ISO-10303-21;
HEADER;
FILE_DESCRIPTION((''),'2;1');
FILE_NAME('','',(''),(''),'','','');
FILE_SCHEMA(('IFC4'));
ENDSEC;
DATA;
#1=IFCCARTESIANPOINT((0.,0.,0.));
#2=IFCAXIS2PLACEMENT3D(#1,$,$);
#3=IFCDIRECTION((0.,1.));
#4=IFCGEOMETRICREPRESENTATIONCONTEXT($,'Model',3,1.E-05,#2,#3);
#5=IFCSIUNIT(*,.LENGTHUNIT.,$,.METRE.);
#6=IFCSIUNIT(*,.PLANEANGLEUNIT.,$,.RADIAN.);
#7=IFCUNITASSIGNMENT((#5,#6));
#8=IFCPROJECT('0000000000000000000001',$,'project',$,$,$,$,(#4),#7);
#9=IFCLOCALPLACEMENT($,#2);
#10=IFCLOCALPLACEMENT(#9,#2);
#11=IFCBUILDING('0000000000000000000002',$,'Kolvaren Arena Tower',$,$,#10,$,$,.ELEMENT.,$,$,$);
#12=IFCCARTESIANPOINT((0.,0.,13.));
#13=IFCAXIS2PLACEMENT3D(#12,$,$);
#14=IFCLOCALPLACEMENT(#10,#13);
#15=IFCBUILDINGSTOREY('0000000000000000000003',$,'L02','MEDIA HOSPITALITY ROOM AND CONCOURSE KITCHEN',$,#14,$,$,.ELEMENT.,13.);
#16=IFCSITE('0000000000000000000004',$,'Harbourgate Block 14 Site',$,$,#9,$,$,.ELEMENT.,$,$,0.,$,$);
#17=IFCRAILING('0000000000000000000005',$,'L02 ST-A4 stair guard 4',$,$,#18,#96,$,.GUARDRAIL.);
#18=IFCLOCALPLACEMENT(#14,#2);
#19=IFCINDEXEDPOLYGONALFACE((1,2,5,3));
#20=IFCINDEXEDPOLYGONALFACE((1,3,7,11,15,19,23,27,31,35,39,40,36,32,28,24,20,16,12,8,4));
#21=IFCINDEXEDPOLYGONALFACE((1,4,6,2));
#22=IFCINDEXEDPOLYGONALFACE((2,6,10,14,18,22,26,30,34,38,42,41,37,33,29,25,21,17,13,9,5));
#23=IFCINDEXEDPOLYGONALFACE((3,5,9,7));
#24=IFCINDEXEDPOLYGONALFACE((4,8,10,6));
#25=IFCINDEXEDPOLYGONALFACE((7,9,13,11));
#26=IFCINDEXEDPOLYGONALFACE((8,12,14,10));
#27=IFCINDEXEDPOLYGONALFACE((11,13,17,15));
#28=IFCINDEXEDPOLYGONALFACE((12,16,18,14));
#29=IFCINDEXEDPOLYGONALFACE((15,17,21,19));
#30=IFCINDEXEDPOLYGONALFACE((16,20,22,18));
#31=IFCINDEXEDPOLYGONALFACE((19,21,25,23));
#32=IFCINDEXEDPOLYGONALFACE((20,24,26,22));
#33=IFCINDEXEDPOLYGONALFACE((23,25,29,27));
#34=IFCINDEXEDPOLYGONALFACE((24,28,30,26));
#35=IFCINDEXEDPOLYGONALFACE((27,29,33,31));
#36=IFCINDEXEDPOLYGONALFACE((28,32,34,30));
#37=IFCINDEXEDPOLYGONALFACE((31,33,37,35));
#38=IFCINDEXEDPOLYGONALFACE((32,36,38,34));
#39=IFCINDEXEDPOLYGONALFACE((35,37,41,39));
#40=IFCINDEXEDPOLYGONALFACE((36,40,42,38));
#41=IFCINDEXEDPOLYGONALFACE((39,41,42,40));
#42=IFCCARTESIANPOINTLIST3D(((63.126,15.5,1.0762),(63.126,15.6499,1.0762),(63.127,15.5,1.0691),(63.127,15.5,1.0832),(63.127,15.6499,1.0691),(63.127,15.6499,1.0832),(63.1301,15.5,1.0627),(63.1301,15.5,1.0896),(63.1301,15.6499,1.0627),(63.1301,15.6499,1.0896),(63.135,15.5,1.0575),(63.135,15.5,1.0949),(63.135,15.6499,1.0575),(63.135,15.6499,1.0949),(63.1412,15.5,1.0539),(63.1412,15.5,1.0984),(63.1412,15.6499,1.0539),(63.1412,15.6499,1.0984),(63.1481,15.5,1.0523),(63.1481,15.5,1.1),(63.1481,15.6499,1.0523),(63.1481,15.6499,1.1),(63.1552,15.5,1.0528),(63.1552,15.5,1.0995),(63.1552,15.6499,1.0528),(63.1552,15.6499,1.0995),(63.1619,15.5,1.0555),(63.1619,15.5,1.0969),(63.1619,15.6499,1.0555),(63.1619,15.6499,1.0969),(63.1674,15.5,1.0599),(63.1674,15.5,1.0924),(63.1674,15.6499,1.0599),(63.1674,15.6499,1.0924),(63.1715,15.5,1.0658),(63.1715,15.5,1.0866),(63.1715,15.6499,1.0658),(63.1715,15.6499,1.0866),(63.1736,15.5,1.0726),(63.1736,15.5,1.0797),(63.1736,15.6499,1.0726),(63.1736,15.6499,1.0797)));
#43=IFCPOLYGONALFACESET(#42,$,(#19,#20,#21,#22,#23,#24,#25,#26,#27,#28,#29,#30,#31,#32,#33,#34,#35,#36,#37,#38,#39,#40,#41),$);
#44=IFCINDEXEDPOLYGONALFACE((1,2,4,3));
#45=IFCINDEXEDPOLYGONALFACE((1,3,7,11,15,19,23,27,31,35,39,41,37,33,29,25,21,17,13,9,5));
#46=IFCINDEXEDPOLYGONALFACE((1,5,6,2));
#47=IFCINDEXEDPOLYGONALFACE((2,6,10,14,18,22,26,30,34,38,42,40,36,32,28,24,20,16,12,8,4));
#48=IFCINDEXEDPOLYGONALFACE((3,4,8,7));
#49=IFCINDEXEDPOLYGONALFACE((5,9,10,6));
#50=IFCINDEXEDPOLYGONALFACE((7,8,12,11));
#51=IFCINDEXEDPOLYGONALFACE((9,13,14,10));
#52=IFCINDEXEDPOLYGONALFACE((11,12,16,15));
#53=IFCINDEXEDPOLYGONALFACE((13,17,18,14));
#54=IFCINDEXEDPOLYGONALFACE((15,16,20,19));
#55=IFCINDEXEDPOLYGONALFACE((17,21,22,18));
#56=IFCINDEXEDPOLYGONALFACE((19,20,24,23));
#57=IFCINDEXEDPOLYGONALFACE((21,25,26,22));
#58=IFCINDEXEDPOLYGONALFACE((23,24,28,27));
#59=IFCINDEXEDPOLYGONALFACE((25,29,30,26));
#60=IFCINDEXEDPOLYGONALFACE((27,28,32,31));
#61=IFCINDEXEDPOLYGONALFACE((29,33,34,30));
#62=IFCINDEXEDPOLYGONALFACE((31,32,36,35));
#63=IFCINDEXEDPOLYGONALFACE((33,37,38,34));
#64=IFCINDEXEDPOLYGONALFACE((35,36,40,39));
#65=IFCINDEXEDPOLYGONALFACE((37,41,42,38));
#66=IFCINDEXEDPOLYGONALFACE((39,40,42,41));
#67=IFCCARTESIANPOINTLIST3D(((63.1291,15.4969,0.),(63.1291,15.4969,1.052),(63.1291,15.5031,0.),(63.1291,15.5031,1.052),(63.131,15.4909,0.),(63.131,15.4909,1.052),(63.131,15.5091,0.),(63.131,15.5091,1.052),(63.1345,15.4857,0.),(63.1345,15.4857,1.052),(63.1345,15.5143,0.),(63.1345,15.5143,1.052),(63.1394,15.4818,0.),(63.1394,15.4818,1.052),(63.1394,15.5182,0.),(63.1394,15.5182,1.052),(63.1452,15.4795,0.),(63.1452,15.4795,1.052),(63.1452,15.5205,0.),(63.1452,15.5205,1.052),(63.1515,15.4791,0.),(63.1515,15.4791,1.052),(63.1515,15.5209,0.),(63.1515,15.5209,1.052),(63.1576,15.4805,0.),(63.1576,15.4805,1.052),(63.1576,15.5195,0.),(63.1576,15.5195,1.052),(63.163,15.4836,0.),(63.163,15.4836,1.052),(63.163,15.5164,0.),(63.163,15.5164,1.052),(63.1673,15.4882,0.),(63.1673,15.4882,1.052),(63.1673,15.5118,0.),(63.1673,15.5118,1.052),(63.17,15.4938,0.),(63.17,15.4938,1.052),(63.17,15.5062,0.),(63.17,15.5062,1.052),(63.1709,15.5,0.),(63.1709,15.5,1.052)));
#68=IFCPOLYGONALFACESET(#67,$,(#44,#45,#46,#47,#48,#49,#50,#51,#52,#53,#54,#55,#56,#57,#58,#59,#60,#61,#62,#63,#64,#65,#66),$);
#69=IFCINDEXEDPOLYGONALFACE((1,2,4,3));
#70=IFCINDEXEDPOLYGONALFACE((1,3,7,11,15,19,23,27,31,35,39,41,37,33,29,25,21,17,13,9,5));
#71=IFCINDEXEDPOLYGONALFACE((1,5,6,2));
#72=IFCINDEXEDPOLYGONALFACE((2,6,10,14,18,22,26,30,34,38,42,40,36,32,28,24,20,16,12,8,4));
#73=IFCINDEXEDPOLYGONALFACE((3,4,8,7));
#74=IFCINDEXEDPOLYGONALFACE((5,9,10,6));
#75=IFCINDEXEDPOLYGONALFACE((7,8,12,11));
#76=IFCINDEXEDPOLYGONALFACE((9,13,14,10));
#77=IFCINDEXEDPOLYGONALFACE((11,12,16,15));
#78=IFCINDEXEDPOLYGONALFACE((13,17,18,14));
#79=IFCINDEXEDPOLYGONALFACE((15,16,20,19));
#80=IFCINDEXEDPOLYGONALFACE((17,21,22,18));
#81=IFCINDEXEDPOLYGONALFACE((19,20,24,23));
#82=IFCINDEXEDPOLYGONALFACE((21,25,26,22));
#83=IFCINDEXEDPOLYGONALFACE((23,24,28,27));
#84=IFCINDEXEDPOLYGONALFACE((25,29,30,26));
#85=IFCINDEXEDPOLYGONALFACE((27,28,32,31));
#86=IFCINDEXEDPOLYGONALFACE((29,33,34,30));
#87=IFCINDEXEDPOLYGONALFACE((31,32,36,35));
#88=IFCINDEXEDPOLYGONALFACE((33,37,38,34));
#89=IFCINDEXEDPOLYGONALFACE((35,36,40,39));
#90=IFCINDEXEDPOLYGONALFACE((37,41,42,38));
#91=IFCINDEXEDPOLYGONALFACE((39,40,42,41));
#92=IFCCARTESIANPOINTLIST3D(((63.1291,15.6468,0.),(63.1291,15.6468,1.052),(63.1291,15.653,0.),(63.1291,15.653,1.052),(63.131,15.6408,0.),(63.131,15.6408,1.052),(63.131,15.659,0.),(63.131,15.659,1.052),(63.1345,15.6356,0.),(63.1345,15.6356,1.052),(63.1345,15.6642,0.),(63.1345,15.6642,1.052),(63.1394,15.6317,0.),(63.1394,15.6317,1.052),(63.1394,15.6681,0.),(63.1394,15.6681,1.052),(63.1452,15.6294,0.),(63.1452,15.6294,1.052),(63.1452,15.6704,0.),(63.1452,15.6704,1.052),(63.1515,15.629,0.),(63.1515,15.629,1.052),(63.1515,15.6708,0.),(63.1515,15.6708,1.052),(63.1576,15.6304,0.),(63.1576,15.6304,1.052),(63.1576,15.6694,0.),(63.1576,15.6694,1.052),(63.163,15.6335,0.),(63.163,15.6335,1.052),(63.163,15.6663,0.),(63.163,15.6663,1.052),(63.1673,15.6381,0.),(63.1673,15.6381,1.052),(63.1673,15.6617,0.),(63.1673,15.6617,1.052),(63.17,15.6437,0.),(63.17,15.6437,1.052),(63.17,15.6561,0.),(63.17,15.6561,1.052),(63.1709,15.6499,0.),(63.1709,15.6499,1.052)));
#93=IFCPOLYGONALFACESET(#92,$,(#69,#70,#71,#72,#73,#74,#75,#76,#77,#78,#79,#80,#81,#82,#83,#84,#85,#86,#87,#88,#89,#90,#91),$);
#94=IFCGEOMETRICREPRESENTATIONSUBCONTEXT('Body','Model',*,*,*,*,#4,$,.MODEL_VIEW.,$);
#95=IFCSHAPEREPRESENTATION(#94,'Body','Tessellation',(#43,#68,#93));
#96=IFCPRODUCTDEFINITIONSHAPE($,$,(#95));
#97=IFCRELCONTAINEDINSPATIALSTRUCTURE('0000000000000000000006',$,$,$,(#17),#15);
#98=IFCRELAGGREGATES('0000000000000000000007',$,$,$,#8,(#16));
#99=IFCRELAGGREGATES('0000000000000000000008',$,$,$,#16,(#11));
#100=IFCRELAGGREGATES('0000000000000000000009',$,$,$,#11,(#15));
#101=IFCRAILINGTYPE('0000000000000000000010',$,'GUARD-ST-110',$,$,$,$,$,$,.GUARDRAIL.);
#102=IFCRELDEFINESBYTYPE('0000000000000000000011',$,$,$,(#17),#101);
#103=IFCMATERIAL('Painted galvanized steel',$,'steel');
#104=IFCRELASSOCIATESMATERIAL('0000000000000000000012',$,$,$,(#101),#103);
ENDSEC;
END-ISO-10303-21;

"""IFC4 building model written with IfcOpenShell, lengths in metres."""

from ifc_helpers import new_model, si_unit, direction, frame, origin, origin_2d, place, context, subcontext, project, spatial, circle, extrude, material, type_object, element, save


model = new_model("IFC4")

# Units and contexts
model_context = context("Model", 3, precision=1e-05, world=origin(), true_north=direction((0.0, 1.0)))
body_context = subcontext(model_context, "Body", "Model", "MODEL_VIEW")
ifc_project = project(units=[si_unit("LENGTHUNIT", "METRE"), si_unit("PLANEANGLEUNIT", "RADIAN")], contexts=[model_context])

# Site, building, storey
site_placement = place(None, origin())
site = spatial("IfcSite", under=ifc_project, at=site_placement, Name="Harbourgate Block 14 Site", CompositionType="ELEMENT", RefElevation=0.0)
building_placement = place(site_placement, origin())
building = spatial("IfcBuilding", under=site, at=building_placement, Name="Kolvaren Arena Tower", CompositionType="ELEMENT")
storey_placement = place(building_placement, frame((0.0, 0.0, 13.0)))
storey = spatial("IfcBuildingStorey", under=building, at=storey_placement, Name="L02", Description="MEDIA HOSPITALITY ROOM AND CONCOURSE KITCHEN", CompositionType="ELEMENT", Elevation=13.0)

# Railing
ifc_material_1 = material(Name="Painted galvanized steel", Category="steel")
railing_type_1 = type_object("IfcRailingType", Name="GUARD-ST-110", PredefinedType="GUARDRAIL", material=ifc_material_1)
railing_1_placement = place(storey_placement, frame((63.1499, 15.5, 0.0)))
element("IfcRailing", 1, at=railing_1_placement, inside=storey, type_object=railing_type_1, Name="L02 ST-A4 stair guard 4", PredefinedType="GUARDRAIL", context=body_context, shape_type="SweptSolid", body=[
    extrude(circle(Radius=0.0239, at=origin_2d()), frame((0.0, 0.0, 1.0762), z_axis=(0.0, 1.0, 0.0), x_axis=(-1.0, 0.0, 0.0)), (0.0, 0.0, 1.0), 0.1499),
    extrude(circle(Radius=0.021, at=origin_2d()), origin(), (0.0, 0.0, 1.0), 1.052),
    extrude(circle(Radius=0.021, at=origin_2d()), frame((0.0, 0.1499, 0.0)), (0.0, 0.0, 1.0), 1.052),
])

save(model, "model.ifc")
